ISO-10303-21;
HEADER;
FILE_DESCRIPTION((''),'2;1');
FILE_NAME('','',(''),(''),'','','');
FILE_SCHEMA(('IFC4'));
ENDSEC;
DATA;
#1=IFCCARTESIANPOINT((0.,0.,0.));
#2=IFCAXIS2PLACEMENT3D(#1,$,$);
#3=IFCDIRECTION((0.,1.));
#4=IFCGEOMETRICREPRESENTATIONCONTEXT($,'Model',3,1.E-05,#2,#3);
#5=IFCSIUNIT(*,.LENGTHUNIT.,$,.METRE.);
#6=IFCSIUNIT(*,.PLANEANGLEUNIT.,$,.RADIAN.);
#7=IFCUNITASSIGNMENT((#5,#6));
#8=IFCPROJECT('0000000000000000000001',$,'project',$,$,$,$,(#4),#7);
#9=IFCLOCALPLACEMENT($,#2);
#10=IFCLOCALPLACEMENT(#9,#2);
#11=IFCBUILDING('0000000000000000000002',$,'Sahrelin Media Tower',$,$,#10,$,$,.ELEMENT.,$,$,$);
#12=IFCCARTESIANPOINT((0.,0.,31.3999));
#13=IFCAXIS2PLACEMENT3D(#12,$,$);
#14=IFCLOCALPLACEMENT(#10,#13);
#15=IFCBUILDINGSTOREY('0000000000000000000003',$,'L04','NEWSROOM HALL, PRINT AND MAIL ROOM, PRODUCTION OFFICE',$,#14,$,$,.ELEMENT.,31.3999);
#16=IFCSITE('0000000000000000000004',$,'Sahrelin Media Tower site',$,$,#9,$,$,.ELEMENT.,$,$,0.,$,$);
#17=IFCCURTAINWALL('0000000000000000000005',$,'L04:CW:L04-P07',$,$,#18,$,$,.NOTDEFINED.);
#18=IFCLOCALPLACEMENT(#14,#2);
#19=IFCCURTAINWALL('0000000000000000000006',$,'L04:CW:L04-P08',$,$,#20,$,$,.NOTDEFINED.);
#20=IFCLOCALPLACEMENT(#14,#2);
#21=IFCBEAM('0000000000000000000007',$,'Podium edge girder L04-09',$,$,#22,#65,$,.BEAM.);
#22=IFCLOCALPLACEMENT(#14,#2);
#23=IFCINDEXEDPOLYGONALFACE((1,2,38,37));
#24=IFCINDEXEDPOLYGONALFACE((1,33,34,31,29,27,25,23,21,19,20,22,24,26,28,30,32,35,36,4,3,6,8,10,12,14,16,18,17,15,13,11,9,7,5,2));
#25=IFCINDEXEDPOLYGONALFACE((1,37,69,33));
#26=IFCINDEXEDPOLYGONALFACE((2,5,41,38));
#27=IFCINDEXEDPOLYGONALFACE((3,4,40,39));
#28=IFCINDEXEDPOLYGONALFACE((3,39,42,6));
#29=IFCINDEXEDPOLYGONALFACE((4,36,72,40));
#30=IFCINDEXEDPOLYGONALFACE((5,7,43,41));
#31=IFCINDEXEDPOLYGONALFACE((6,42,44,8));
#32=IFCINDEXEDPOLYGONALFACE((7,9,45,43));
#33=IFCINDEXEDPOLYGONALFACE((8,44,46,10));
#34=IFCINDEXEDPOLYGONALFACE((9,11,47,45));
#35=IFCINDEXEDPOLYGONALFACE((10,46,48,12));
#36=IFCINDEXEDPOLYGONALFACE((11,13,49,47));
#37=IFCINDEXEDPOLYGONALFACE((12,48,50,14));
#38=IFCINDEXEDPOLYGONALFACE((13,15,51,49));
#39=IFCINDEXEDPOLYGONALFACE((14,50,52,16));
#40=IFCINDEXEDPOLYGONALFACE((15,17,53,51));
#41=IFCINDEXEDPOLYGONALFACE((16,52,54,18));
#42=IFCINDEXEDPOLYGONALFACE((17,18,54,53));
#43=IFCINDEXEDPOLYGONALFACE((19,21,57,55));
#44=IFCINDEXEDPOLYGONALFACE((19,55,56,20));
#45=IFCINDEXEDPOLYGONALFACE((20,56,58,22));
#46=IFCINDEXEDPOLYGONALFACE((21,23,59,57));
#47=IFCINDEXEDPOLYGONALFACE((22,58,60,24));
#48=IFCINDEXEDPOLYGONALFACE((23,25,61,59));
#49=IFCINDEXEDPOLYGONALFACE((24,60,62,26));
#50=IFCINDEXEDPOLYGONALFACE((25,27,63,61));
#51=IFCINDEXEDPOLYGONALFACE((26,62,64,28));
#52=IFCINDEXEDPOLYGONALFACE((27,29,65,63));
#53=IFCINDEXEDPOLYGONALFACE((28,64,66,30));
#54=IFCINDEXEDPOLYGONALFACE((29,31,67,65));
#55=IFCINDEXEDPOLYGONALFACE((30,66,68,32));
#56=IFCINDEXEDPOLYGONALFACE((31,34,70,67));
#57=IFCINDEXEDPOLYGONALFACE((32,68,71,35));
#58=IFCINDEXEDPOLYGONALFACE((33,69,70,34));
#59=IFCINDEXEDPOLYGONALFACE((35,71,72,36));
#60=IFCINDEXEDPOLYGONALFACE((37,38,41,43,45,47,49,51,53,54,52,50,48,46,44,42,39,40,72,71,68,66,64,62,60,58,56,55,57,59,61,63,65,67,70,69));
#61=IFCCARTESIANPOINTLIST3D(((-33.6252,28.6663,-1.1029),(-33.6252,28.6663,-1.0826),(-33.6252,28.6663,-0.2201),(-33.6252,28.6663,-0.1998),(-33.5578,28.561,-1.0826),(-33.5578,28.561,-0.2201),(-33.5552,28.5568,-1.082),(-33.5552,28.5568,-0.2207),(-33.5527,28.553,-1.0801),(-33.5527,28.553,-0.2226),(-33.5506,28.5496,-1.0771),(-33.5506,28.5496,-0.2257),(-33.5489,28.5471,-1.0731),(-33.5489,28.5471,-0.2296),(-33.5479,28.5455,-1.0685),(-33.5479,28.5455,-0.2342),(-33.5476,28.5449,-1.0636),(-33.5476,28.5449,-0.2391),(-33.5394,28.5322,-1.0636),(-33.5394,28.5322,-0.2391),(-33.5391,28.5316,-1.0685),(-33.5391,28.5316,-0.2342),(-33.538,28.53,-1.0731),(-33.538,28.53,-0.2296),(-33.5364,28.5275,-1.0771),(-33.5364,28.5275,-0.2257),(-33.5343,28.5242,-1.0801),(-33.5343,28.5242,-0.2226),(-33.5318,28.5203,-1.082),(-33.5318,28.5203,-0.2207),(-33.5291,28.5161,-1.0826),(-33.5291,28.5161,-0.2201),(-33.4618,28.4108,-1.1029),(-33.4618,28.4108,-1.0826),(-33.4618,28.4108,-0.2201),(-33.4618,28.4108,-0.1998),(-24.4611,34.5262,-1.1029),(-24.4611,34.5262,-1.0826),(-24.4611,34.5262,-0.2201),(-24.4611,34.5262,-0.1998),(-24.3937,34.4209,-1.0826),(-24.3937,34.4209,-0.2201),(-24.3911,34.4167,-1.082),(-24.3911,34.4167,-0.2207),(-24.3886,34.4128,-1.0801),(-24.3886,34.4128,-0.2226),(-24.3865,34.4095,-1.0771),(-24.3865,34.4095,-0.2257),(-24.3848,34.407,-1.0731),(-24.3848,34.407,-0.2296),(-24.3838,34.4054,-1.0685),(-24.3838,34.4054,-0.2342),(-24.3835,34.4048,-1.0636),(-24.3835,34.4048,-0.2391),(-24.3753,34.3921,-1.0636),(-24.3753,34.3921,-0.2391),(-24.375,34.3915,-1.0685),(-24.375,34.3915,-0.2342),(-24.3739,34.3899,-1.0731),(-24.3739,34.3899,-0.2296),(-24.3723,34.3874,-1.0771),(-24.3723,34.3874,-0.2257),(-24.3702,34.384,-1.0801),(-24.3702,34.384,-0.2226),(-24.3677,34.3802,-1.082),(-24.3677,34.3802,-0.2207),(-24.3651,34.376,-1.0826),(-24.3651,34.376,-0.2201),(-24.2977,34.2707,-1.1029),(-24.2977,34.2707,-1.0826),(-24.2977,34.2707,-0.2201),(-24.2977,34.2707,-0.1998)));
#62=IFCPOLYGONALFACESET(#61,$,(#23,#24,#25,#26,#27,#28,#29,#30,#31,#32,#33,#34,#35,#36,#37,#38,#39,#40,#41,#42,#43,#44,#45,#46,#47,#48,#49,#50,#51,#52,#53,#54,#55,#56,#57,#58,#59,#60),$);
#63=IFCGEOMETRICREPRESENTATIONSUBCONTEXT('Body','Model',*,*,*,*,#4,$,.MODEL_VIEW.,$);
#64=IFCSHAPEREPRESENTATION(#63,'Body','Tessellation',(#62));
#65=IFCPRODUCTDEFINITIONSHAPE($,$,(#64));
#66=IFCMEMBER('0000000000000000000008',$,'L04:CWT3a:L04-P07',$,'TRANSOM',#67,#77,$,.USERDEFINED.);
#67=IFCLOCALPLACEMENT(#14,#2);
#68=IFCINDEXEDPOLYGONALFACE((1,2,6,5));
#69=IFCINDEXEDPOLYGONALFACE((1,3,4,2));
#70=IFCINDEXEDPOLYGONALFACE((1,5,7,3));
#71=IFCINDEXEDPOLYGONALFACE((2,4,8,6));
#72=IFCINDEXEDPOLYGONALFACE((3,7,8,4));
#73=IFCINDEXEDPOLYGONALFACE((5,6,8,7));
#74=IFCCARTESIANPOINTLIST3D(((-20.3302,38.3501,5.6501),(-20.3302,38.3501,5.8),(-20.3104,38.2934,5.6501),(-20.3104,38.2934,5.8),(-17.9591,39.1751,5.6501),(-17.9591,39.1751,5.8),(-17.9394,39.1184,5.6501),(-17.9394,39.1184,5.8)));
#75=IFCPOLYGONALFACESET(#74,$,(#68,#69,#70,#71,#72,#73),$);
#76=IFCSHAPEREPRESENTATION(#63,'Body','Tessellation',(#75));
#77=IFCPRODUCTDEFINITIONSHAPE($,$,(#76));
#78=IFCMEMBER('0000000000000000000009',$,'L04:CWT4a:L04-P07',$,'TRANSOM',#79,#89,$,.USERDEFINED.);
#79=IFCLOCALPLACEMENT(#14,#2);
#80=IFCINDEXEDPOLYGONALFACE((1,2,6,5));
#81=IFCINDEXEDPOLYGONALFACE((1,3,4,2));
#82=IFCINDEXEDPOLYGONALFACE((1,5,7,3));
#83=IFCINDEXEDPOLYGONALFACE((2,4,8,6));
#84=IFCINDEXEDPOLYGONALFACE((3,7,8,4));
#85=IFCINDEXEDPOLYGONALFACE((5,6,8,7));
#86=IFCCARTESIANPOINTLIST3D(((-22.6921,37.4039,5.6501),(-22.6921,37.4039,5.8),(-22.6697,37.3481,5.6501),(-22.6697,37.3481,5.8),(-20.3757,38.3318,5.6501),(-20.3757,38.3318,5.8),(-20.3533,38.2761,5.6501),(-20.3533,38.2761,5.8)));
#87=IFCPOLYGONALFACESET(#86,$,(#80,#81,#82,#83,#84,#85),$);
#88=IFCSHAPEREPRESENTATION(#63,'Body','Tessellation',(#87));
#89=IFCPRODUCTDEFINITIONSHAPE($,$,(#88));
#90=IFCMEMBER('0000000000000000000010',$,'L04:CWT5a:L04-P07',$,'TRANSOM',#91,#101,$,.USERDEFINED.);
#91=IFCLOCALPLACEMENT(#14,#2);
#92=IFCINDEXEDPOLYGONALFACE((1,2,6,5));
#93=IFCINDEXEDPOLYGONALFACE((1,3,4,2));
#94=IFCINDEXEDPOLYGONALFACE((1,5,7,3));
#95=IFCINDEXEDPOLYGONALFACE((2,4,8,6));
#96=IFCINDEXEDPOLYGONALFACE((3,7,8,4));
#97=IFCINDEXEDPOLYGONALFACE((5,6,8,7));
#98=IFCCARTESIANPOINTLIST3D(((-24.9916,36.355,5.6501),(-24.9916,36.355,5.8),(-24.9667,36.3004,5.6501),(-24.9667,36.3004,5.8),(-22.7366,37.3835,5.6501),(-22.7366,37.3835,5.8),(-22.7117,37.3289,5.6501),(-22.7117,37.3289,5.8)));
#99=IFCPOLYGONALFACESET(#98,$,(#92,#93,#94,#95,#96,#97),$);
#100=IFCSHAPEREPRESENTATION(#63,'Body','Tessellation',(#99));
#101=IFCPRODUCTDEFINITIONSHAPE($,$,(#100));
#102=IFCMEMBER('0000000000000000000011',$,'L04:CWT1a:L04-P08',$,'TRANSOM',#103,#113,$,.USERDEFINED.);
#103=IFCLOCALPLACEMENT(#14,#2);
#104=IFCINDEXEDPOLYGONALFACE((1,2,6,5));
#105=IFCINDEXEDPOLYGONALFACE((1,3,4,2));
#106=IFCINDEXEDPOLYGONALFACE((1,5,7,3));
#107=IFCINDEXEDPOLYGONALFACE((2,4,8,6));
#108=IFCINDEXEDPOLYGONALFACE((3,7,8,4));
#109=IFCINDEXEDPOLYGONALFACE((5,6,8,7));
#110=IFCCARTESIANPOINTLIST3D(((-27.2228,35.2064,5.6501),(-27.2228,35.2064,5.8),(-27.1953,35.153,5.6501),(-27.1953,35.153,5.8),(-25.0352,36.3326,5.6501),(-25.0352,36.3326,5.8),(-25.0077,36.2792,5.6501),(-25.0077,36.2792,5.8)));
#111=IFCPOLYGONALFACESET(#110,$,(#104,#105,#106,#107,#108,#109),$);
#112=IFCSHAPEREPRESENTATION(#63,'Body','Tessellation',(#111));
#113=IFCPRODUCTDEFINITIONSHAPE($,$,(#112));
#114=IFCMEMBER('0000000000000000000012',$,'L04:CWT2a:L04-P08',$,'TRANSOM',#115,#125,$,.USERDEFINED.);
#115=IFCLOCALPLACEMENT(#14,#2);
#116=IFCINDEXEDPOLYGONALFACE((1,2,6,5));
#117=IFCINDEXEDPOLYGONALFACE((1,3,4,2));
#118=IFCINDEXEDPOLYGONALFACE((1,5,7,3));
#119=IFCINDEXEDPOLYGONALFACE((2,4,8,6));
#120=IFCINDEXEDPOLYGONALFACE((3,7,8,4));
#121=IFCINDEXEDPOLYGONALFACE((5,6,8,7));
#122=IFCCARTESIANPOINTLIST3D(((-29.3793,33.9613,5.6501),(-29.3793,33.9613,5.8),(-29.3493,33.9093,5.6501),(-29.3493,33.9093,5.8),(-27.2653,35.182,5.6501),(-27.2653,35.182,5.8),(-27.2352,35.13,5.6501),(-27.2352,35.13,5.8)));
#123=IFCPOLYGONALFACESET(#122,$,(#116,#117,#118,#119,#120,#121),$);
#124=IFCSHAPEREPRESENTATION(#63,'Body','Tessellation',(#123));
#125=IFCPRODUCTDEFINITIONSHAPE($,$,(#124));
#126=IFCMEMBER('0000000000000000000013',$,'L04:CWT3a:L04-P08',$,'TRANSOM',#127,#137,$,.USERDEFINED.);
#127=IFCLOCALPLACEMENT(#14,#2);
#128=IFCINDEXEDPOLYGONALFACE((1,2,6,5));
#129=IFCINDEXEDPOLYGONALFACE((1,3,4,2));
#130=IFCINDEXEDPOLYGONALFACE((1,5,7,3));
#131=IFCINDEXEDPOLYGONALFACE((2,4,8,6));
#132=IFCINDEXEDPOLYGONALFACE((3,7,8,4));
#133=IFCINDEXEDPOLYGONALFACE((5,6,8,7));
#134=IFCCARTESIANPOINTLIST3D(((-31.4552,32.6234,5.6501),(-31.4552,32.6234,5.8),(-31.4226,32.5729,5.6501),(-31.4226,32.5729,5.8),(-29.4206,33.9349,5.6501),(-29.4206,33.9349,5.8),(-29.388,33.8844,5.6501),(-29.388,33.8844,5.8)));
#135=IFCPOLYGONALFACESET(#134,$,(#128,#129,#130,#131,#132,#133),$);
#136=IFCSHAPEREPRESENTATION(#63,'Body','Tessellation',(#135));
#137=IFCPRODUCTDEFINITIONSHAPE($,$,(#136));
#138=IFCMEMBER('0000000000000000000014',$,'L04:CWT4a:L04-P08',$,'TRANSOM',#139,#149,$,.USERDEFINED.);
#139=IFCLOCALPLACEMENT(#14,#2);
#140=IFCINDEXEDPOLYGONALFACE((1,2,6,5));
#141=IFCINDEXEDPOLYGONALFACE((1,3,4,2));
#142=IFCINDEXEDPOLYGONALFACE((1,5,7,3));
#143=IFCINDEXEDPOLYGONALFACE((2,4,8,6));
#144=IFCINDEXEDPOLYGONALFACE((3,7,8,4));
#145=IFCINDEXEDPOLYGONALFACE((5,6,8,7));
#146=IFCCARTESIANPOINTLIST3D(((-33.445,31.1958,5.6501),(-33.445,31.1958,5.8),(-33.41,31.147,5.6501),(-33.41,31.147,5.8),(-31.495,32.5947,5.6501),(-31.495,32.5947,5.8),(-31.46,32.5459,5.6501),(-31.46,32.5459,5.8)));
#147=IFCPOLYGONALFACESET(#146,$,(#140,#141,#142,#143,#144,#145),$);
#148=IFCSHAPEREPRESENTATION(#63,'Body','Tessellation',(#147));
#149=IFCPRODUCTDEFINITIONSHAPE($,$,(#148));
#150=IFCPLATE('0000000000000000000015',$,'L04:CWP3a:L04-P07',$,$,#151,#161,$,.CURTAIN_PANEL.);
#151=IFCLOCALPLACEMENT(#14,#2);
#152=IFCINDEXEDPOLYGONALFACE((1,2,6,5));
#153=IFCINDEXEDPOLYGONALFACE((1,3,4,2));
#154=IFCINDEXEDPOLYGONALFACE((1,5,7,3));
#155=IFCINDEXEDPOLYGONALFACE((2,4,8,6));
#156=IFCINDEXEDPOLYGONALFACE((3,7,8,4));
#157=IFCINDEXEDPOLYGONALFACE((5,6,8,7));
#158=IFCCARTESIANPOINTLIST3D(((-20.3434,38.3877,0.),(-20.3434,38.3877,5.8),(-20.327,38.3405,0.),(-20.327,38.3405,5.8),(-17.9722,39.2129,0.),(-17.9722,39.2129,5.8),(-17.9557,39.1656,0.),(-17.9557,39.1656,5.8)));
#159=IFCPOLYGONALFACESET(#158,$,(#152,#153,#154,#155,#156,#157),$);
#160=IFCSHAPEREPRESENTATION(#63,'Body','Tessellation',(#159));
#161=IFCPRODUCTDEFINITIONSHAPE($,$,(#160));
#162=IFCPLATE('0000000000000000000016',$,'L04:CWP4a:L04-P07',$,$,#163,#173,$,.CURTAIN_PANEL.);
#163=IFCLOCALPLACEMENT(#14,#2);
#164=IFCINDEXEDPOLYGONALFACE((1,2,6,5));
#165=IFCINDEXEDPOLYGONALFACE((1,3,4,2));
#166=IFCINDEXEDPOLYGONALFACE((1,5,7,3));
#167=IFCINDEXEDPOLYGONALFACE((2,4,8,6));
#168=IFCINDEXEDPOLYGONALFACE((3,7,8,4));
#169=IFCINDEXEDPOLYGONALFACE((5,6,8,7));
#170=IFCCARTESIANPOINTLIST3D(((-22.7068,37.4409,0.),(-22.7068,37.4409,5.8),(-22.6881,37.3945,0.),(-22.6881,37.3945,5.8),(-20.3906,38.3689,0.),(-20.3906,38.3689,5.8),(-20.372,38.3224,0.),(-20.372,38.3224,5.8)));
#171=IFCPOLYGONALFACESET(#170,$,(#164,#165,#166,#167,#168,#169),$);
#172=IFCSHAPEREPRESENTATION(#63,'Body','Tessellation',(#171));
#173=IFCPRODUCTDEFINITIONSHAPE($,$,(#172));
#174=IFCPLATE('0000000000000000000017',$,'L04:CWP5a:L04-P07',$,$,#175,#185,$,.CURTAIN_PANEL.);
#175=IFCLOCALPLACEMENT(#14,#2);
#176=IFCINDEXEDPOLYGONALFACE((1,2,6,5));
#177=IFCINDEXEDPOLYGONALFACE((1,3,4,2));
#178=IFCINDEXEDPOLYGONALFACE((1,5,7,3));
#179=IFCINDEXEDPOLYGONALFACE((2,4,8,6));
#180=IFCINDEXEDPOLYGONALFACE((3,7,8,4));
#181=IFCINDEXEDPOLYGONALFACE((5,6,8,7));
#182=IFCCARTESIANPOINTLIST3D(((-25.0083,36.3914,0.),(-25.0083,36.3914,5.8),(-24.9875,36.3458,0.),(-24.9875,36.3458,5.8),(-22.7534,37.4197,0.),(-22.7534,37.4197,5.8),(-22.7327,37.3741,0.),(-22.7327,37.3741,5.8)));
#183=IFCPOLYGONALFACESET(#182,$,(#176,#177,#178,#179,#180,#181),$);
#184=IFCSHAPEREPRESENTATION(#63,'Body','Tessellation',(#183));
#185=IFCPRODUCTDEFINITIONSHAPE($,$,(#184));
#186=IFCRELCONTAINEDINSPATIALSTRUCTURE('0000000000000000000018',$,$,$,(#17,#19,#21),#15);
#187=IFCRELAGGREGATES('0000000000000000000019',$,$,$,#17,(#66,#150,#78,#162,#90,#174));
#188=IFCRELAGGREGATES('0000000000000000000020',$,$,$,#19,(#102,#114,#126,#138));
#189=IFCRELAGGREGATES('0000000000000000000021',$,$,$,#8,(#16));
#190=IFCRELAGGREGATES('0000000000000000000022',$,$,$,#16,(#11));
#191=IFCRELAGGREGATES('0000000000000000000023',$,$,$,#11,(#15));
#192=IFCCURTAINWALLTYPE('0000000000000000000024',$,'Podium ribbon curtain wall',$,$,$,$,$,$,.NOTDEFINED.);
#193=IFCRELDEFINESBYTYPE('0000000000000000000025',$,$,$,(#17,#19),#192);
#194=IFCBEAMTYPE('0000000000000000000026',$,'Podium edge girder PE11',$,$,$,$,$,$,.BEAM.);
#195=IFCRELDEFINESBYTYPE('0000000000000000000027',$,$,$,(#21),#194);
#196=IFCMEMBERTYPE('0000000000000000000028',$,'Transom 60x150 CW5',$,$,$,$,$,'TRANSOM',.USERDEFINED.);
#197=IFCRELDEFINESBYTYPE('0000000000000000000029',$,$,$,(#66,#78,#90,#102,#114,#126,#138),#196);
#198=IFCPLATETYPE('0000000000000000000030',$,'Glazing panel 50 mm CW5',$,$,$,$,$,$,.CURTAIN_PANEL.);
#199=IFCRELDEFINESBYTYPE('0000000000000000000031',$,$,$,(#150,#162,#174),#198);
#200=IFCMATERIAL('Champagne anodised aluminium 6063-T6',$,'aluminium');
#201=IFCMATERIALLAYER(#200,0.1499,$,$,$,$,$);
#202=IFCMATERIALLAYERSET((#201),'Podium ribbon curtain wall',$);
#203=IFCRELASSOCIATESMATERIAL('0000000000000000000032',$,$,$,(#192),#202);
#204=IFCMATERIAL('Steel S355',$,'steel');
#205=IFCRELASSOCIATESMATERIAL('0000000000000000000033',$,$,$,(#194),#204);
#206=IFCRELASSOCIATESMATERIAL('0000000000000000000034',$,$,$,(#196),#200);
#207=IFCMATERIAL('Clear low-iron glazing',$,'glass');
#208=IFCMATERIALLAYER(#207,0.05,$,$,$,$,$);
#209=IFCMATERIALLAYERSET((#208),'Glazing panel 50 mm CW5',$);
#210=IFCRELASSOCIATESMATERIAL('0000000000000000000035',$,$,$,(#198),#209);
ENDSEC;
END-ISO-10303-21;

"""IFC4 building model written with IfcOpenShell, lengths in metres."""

from ifc_helpers import new_model, si_unit, direction, frame, origin, origin_2d, place, context, subcontext, project, spatial, polyline, rectangle, i_section, outline, extrude, material, layer, layer_set, material_profile, profile_set, type_object, element, aggregate, save


model = new_model("IFC4")

# Units and contexts
model_context = context("Model", 3, precision=1e-05, world=origin(), true_north=direction((0.0, 1.0)))
body_context = subcontext(model_context, "Body", "Model", "MODEL_VIEW")
ifc_project = project(units=[si_unit("LENGTHUNIT", "METRE"), si_unit("PLANEANGLEUNIT", "RADIAN")], contexts=[model_context])

# Site, building, storey
site_placement = place(None, origin())
site = spatial("IfcSite", under=ifc_project, at=site_placement, Name="Sahrelin Media Tower site", CompositionType="ELEMENT", RefElevation=0.0)
building_placement = place(site_placement, origin())
building = spatial("IfcBuilding", under=site, at=building_placement, Name="Sahrelin Media Tower", CompositionType="ELEMENT")
storey_placement = place(building_placement, frame((0.0, 0.0, 31.3999)))
storey = spatial("IfcBuildingStorey", under=building, at=storey_placement, Name="L04", Description="NEWSROOM HALL, PRINT AND MAIL ROOM, PRODUCTION OFFICE", CompositionType="ELEMENT", Elevation=31.3999)

# Shared definitions
ifc_material_1 = material(Name="Steel S355", Category="steel")

# Curtain walls
ifc_material_2 = material(Name="Champagne anodised aluminium 6063-T6", Category="aluminium")
ifc_layer_1 = layer(ifc_material_2, 0.1499)
ifc_layer_set_1 = layer_set([ifc_layer_1], Name="Podium ribbon curtain wall")
curtain_wall_type = type_object("IfcCurtainWallType", Name="Podium ribbon curtain wall", PredefinedType="NOTDEFINED", material=ifc_layer_set_1)
curtain_wall_1_placement = place(storey_placement, frame((-12.9409, 40.5688, 0.0), z_axis=(0.0, 0.0, 1.0), x_axis=(1.0, 0.0, 0.0)))
curtain_wall_1 = element("IfcCurtainWall", 1, at=curtain_wall_1_placement, inside=storey, type_object=curtain_wall_type, Name="L04:CW:L04-P07", PredefinedType="NOTDEFINED")
curtain_wall_2_placement = place(storey_placement, frame((-25.0, 36.373, 0.0), z_axis=(0.0, 0.0, 1.0), x_axis=(1.0, 0.0, 0.0)))
curtain_wall_2 = element("IfcCurtainWall", 2, at=curtain_wall_2_placement, inside=storey, type_object=curtain_wall_type, Name="L04:CW:L04-P08", PredefinedType="NOTDEFINED")

# Beam
ifc_material_profile_1 = material_profile(ifc_material_1, i_section(OverallWidth=0.3032, OverallDepth=0.9031, WebThickness=0.0151, FlangeThickness=0.0203, FilletRadius=0.019, at=origin_2d()), Name="UB 914x305x201")
ifc_profile_set_1 = profile_set([ifc_material_profile_1], Name="Steel S355")
beam_type_1 = type_object("IfcBeamType", Name="Podium edge girder PE11", PredefinedType="BEAM", material=ifc_profile_set_1)
beam_1_placement = place(storey_placement, frame((-24.3794, 34.3984, -0.6514), z_axis=(-0.842486, -0.538719, 0.0), x_axis=(0.538719, -0.842486, 0.0)))
element("IfcBeam", 3, at=beam_1_placement, inside=storey, type_object=beam_type_1, Name="Podium edge girder L04-09", PredefinedType="BEAM", context=body_context, shape_type="SweptSolid", body=[
    extrude(i_section(OverallWidth=0.3032, OverallDepth=0.9031, WebThickness=0.0151, FlangeThickness=0.0203, FilletRadius=0.019, at=origin_2d()), origin(), (0.0, 0.0, 1.0), 10.8774),
])

# Members
ifc_material_profile_2 = material_profile(ifc_material_2, rectangle(XDim=0.0601, YDim=0.1499, at=origin_2d()), Name="Transom 60x150")
ifc_profile_set_2 = profile_set([ifc_material_profile_2], Name="Champagne anodised aluminium 6063-T6")
member_type_1 = type_object("IfcMemberType", Name="Transom 60x150 CW5", ElementType="TRANSOM", PredefinedType="USERDEFINED", material=ifc_profile_set_2)
member_1_placement = place(storey_placement, frame((-17.9492, 39.1467, 5.7251), z_axis=(-0.944469, -0.3286, 0.0), x_axis=(0.3286, -0.944469, 0.0)))
member_1 = element("IfcMember", 4, at=member_1_placement, type_object=member_type_1, Name="L04:CWT3a:L04-P07", ObjectType="TRANSOM", PredefinedType="USERDEFINED", context=body_context, shape_type="SweptSolid", body=[
    extrude(rectangle(XDim=0.0601, YDim=0.1499, at=origin_2d()), origin(), (0.0, 0.0, 1.0), 2.5105),
])
member_2_placement = place(storey_placement, frame((-20.3645, 38.304, 5.7251), z_axis=(-0.928281, -0.37188, 0.0), x_axis=(0.37188, -0.928281, 0.0)))
member_2 = element("IfcMember", 5, at=member_2_placement, type_object=member_type_1, Name="L04:CWT4a:L04-P07", ObjectType="TRANSOM", PredefinedType="USERDEFINED", context=body_context, shape_type="SweptSolid", body=[
    extrude(rectangle(XDim=0.0601, YDim=0.1499, at=origin_2d()), origin(), (0.0, 0.0, 1.0), 2.4954),
])
member_3_placement = place(storey_placement, frame((-22.7241, 37.3562, 5.7251), z_axis=(-0.909833, -0.414975, 0.0), x_axis=(0.414975, -0.909833, 0.0)))
member_3 = element("IfcMember", 6, at=member_3_placement, type_object=member_type_1, Name="L04:CWT5a:L04-P07", ObjectType="TRANSOM", PredefinedType="USERDEFINED", context=body_context, shape_type="SweptSolid", body=[
    extrude(rectangle(XDim=0.0601, YDim=0.1499, at=origin_2d()), origin(), (0.0, 0.0, 1.0), 2.4785),
])
member_4_placement = place(storey_placement, frame((-25.0215, 36.3059, 5.7251), z_axis=(-0.889086, -0.45774, 0.0), x_axis=(0.45774, -0.889086, 0.0)))
member_4 = element("IfcMember", 7, at=member_4_placement, type_object=member_type_1, Name="L04:CWT1a:L04-P08", ObjectType="TRANSOM", PredefinedType="USERDEFINED", context=body_context, shape_type="SweptSolid", body=[
    extrude(rectangle(XDim=0.0601, YDim=0.1499, at=origin_2d()), origin(), (0.0, 0.0, 1.0), 2.4604),
])
member_5_placement = place(storey_placement, frame((-27.2502, 35.156, 5.7251), z_axis=(-0.865994, -0.500054, 0.0), x_axis=(0.500054, -0.865994, 0.0)))
member_5 = element("IfcMember", 8, at=member_5_placement, type_object=member_type_1, Name="L04:CWT2a:L04-P08", ObjectType="TRANSOM", PredefinedType="USERDEFINED", context=body_context, shape_type="SweptSolid", body=[
    extrude(rectangle(XDim=0.0601, YDim=0.1499, at=origin_2d()), origin(), (0.0, 0.0, 1.0), 2.4412),
])
member_6_placement = place(storey_placement, frame((-29.4043, 33.9097, 5.7251), z_axis=(-0.840516, -0.541787, 0.0), x_axis=(0.541787, -0.840516, 0.0)))
member_6 = element("IfcMember", 9, at=member_6_placement, type_object=member_type_1, Name="L04:CWT3a:L04-P08", ObjectType="TRANSOM", PredefinedType="USERDEFINED", context=body_context, shape_type="SweptSolid", body=[
    extrude(rectangle(XDim=0.0601, YDim=0.1499, at=origin_2d()), origin(), (0.0, 0.0, 1.0), 2.4207),
])
member_7_placement = place(storey_placement, frame((-31.4775, 32.5703, 5.7251), z_axis=(-0.812529, -0.582921, 0.0), x_axis=(0.582921, -0.812529, 0.0)))
member_7 = element("IfcMember", 10, at=member_7_placement, type_object=member_type_1, Name="L04:CWT4a:L04-P08", ObjectType="TRANSOM", PredefinedType="USERDEFINED", context=body_context, shape_type="SweptSolid", body=[
    extrude(rectangle(XDim=0.0601, YDim=0.1499, at=origin_2d()), origin(), (0.0, 0.0, 1.0), 2.3999),
])

# Plates
ifc_material_3 = material(Name="Clear low-iron glazing", Category="glass")
ifc_layer_2 = layer(ifc_material_3, 0.05)
ifc_layer_set_2 = layer_set([ifc_layer_2], Name="Glazing panel 50 mm CW5")
plate_type = type_object("IfcPlateType", Name="Glazing panel 50 mm CW5", PredefinedType="CURTAIN_PANEL", material=ifc_layer_set_2)
plate_1_placement = place(storey_placement, frame((-17.9722, 39.2129, 0.0), z_axis=(-0.328656, 0.94445, 0.0), x_axis=(-0.94445, -0.328656, 0.0)))
plate_1 = element("IfcPlate", 11, at=plate_1_placement, type_object=plate_type, Name="L04:CWP3a:L04-P07", PredefinedType="CURTAIN_PANEL", context=body_context, shape_type="SweptSolid", body=[
    extrude(outline(polyline([(0.0, 0.0), (2.5107, 0.0), (2.5107, 5.8), (0.0, 5.8), (0.0, 0.0)])), origin(), (0.0, 0.0, -1.0), 0.05),
])
plate_2_placement = place(storey_placement, frame((-20.3906, 38.3689, 0.0), z_axis=(-0.371914, 0.928267, 0.0), x_axis=(-0.928267, -0.371914, 0.0)))
plate_2 = element("IfcPlate", 12, at=plate_2_placement, type_object=plate_type, Name="L04:CWP4a:L04-P07", PredefinedType="CURTAIN_PANEL", context=body_context, shape_type="SweptSolid", body=[
    extrude(outline(polyline([(0.0, 0.0), (2.4951, 0.0), (2.4951, 5.8), (0.0, 5.8), (0.0, 0.0)])), origin(), (0.0, 0.0, -1.0), 0.05),
])
plate_3_placement = place(storey_placement, frame((-22.7534, 37.4197, 0.0), z_axis=(-0.414931, 0.909853, 0.0), x_axis=(-0.909853, -0.414931, 0.0)))
plate_3 = element("IfcPlate", 13, at=plate_3_placement, type_object=plate_type, Name="L04:CWP5a:L04-P07", PredefinedType="CURTAIN_PANEL", context=body_context, shape_type="SweptSolid", body=[
    extrude(outline(polyline([(0.0, 0.0), (2.4783, 0.0), (2.4783, 5.8), (0.0, 5.8), (0.0, 0.0)])), origin(), (0.0, 0.0, -1.0), 0.05),
])
aggregate(curtain_wall_1, [member_1, plate_1, member_2, plate_2, member_3, plate_3])
aggregate(curtain_wall_2, [member_4, member_5, member_6, member_7])

save(model, "model.ifc")
